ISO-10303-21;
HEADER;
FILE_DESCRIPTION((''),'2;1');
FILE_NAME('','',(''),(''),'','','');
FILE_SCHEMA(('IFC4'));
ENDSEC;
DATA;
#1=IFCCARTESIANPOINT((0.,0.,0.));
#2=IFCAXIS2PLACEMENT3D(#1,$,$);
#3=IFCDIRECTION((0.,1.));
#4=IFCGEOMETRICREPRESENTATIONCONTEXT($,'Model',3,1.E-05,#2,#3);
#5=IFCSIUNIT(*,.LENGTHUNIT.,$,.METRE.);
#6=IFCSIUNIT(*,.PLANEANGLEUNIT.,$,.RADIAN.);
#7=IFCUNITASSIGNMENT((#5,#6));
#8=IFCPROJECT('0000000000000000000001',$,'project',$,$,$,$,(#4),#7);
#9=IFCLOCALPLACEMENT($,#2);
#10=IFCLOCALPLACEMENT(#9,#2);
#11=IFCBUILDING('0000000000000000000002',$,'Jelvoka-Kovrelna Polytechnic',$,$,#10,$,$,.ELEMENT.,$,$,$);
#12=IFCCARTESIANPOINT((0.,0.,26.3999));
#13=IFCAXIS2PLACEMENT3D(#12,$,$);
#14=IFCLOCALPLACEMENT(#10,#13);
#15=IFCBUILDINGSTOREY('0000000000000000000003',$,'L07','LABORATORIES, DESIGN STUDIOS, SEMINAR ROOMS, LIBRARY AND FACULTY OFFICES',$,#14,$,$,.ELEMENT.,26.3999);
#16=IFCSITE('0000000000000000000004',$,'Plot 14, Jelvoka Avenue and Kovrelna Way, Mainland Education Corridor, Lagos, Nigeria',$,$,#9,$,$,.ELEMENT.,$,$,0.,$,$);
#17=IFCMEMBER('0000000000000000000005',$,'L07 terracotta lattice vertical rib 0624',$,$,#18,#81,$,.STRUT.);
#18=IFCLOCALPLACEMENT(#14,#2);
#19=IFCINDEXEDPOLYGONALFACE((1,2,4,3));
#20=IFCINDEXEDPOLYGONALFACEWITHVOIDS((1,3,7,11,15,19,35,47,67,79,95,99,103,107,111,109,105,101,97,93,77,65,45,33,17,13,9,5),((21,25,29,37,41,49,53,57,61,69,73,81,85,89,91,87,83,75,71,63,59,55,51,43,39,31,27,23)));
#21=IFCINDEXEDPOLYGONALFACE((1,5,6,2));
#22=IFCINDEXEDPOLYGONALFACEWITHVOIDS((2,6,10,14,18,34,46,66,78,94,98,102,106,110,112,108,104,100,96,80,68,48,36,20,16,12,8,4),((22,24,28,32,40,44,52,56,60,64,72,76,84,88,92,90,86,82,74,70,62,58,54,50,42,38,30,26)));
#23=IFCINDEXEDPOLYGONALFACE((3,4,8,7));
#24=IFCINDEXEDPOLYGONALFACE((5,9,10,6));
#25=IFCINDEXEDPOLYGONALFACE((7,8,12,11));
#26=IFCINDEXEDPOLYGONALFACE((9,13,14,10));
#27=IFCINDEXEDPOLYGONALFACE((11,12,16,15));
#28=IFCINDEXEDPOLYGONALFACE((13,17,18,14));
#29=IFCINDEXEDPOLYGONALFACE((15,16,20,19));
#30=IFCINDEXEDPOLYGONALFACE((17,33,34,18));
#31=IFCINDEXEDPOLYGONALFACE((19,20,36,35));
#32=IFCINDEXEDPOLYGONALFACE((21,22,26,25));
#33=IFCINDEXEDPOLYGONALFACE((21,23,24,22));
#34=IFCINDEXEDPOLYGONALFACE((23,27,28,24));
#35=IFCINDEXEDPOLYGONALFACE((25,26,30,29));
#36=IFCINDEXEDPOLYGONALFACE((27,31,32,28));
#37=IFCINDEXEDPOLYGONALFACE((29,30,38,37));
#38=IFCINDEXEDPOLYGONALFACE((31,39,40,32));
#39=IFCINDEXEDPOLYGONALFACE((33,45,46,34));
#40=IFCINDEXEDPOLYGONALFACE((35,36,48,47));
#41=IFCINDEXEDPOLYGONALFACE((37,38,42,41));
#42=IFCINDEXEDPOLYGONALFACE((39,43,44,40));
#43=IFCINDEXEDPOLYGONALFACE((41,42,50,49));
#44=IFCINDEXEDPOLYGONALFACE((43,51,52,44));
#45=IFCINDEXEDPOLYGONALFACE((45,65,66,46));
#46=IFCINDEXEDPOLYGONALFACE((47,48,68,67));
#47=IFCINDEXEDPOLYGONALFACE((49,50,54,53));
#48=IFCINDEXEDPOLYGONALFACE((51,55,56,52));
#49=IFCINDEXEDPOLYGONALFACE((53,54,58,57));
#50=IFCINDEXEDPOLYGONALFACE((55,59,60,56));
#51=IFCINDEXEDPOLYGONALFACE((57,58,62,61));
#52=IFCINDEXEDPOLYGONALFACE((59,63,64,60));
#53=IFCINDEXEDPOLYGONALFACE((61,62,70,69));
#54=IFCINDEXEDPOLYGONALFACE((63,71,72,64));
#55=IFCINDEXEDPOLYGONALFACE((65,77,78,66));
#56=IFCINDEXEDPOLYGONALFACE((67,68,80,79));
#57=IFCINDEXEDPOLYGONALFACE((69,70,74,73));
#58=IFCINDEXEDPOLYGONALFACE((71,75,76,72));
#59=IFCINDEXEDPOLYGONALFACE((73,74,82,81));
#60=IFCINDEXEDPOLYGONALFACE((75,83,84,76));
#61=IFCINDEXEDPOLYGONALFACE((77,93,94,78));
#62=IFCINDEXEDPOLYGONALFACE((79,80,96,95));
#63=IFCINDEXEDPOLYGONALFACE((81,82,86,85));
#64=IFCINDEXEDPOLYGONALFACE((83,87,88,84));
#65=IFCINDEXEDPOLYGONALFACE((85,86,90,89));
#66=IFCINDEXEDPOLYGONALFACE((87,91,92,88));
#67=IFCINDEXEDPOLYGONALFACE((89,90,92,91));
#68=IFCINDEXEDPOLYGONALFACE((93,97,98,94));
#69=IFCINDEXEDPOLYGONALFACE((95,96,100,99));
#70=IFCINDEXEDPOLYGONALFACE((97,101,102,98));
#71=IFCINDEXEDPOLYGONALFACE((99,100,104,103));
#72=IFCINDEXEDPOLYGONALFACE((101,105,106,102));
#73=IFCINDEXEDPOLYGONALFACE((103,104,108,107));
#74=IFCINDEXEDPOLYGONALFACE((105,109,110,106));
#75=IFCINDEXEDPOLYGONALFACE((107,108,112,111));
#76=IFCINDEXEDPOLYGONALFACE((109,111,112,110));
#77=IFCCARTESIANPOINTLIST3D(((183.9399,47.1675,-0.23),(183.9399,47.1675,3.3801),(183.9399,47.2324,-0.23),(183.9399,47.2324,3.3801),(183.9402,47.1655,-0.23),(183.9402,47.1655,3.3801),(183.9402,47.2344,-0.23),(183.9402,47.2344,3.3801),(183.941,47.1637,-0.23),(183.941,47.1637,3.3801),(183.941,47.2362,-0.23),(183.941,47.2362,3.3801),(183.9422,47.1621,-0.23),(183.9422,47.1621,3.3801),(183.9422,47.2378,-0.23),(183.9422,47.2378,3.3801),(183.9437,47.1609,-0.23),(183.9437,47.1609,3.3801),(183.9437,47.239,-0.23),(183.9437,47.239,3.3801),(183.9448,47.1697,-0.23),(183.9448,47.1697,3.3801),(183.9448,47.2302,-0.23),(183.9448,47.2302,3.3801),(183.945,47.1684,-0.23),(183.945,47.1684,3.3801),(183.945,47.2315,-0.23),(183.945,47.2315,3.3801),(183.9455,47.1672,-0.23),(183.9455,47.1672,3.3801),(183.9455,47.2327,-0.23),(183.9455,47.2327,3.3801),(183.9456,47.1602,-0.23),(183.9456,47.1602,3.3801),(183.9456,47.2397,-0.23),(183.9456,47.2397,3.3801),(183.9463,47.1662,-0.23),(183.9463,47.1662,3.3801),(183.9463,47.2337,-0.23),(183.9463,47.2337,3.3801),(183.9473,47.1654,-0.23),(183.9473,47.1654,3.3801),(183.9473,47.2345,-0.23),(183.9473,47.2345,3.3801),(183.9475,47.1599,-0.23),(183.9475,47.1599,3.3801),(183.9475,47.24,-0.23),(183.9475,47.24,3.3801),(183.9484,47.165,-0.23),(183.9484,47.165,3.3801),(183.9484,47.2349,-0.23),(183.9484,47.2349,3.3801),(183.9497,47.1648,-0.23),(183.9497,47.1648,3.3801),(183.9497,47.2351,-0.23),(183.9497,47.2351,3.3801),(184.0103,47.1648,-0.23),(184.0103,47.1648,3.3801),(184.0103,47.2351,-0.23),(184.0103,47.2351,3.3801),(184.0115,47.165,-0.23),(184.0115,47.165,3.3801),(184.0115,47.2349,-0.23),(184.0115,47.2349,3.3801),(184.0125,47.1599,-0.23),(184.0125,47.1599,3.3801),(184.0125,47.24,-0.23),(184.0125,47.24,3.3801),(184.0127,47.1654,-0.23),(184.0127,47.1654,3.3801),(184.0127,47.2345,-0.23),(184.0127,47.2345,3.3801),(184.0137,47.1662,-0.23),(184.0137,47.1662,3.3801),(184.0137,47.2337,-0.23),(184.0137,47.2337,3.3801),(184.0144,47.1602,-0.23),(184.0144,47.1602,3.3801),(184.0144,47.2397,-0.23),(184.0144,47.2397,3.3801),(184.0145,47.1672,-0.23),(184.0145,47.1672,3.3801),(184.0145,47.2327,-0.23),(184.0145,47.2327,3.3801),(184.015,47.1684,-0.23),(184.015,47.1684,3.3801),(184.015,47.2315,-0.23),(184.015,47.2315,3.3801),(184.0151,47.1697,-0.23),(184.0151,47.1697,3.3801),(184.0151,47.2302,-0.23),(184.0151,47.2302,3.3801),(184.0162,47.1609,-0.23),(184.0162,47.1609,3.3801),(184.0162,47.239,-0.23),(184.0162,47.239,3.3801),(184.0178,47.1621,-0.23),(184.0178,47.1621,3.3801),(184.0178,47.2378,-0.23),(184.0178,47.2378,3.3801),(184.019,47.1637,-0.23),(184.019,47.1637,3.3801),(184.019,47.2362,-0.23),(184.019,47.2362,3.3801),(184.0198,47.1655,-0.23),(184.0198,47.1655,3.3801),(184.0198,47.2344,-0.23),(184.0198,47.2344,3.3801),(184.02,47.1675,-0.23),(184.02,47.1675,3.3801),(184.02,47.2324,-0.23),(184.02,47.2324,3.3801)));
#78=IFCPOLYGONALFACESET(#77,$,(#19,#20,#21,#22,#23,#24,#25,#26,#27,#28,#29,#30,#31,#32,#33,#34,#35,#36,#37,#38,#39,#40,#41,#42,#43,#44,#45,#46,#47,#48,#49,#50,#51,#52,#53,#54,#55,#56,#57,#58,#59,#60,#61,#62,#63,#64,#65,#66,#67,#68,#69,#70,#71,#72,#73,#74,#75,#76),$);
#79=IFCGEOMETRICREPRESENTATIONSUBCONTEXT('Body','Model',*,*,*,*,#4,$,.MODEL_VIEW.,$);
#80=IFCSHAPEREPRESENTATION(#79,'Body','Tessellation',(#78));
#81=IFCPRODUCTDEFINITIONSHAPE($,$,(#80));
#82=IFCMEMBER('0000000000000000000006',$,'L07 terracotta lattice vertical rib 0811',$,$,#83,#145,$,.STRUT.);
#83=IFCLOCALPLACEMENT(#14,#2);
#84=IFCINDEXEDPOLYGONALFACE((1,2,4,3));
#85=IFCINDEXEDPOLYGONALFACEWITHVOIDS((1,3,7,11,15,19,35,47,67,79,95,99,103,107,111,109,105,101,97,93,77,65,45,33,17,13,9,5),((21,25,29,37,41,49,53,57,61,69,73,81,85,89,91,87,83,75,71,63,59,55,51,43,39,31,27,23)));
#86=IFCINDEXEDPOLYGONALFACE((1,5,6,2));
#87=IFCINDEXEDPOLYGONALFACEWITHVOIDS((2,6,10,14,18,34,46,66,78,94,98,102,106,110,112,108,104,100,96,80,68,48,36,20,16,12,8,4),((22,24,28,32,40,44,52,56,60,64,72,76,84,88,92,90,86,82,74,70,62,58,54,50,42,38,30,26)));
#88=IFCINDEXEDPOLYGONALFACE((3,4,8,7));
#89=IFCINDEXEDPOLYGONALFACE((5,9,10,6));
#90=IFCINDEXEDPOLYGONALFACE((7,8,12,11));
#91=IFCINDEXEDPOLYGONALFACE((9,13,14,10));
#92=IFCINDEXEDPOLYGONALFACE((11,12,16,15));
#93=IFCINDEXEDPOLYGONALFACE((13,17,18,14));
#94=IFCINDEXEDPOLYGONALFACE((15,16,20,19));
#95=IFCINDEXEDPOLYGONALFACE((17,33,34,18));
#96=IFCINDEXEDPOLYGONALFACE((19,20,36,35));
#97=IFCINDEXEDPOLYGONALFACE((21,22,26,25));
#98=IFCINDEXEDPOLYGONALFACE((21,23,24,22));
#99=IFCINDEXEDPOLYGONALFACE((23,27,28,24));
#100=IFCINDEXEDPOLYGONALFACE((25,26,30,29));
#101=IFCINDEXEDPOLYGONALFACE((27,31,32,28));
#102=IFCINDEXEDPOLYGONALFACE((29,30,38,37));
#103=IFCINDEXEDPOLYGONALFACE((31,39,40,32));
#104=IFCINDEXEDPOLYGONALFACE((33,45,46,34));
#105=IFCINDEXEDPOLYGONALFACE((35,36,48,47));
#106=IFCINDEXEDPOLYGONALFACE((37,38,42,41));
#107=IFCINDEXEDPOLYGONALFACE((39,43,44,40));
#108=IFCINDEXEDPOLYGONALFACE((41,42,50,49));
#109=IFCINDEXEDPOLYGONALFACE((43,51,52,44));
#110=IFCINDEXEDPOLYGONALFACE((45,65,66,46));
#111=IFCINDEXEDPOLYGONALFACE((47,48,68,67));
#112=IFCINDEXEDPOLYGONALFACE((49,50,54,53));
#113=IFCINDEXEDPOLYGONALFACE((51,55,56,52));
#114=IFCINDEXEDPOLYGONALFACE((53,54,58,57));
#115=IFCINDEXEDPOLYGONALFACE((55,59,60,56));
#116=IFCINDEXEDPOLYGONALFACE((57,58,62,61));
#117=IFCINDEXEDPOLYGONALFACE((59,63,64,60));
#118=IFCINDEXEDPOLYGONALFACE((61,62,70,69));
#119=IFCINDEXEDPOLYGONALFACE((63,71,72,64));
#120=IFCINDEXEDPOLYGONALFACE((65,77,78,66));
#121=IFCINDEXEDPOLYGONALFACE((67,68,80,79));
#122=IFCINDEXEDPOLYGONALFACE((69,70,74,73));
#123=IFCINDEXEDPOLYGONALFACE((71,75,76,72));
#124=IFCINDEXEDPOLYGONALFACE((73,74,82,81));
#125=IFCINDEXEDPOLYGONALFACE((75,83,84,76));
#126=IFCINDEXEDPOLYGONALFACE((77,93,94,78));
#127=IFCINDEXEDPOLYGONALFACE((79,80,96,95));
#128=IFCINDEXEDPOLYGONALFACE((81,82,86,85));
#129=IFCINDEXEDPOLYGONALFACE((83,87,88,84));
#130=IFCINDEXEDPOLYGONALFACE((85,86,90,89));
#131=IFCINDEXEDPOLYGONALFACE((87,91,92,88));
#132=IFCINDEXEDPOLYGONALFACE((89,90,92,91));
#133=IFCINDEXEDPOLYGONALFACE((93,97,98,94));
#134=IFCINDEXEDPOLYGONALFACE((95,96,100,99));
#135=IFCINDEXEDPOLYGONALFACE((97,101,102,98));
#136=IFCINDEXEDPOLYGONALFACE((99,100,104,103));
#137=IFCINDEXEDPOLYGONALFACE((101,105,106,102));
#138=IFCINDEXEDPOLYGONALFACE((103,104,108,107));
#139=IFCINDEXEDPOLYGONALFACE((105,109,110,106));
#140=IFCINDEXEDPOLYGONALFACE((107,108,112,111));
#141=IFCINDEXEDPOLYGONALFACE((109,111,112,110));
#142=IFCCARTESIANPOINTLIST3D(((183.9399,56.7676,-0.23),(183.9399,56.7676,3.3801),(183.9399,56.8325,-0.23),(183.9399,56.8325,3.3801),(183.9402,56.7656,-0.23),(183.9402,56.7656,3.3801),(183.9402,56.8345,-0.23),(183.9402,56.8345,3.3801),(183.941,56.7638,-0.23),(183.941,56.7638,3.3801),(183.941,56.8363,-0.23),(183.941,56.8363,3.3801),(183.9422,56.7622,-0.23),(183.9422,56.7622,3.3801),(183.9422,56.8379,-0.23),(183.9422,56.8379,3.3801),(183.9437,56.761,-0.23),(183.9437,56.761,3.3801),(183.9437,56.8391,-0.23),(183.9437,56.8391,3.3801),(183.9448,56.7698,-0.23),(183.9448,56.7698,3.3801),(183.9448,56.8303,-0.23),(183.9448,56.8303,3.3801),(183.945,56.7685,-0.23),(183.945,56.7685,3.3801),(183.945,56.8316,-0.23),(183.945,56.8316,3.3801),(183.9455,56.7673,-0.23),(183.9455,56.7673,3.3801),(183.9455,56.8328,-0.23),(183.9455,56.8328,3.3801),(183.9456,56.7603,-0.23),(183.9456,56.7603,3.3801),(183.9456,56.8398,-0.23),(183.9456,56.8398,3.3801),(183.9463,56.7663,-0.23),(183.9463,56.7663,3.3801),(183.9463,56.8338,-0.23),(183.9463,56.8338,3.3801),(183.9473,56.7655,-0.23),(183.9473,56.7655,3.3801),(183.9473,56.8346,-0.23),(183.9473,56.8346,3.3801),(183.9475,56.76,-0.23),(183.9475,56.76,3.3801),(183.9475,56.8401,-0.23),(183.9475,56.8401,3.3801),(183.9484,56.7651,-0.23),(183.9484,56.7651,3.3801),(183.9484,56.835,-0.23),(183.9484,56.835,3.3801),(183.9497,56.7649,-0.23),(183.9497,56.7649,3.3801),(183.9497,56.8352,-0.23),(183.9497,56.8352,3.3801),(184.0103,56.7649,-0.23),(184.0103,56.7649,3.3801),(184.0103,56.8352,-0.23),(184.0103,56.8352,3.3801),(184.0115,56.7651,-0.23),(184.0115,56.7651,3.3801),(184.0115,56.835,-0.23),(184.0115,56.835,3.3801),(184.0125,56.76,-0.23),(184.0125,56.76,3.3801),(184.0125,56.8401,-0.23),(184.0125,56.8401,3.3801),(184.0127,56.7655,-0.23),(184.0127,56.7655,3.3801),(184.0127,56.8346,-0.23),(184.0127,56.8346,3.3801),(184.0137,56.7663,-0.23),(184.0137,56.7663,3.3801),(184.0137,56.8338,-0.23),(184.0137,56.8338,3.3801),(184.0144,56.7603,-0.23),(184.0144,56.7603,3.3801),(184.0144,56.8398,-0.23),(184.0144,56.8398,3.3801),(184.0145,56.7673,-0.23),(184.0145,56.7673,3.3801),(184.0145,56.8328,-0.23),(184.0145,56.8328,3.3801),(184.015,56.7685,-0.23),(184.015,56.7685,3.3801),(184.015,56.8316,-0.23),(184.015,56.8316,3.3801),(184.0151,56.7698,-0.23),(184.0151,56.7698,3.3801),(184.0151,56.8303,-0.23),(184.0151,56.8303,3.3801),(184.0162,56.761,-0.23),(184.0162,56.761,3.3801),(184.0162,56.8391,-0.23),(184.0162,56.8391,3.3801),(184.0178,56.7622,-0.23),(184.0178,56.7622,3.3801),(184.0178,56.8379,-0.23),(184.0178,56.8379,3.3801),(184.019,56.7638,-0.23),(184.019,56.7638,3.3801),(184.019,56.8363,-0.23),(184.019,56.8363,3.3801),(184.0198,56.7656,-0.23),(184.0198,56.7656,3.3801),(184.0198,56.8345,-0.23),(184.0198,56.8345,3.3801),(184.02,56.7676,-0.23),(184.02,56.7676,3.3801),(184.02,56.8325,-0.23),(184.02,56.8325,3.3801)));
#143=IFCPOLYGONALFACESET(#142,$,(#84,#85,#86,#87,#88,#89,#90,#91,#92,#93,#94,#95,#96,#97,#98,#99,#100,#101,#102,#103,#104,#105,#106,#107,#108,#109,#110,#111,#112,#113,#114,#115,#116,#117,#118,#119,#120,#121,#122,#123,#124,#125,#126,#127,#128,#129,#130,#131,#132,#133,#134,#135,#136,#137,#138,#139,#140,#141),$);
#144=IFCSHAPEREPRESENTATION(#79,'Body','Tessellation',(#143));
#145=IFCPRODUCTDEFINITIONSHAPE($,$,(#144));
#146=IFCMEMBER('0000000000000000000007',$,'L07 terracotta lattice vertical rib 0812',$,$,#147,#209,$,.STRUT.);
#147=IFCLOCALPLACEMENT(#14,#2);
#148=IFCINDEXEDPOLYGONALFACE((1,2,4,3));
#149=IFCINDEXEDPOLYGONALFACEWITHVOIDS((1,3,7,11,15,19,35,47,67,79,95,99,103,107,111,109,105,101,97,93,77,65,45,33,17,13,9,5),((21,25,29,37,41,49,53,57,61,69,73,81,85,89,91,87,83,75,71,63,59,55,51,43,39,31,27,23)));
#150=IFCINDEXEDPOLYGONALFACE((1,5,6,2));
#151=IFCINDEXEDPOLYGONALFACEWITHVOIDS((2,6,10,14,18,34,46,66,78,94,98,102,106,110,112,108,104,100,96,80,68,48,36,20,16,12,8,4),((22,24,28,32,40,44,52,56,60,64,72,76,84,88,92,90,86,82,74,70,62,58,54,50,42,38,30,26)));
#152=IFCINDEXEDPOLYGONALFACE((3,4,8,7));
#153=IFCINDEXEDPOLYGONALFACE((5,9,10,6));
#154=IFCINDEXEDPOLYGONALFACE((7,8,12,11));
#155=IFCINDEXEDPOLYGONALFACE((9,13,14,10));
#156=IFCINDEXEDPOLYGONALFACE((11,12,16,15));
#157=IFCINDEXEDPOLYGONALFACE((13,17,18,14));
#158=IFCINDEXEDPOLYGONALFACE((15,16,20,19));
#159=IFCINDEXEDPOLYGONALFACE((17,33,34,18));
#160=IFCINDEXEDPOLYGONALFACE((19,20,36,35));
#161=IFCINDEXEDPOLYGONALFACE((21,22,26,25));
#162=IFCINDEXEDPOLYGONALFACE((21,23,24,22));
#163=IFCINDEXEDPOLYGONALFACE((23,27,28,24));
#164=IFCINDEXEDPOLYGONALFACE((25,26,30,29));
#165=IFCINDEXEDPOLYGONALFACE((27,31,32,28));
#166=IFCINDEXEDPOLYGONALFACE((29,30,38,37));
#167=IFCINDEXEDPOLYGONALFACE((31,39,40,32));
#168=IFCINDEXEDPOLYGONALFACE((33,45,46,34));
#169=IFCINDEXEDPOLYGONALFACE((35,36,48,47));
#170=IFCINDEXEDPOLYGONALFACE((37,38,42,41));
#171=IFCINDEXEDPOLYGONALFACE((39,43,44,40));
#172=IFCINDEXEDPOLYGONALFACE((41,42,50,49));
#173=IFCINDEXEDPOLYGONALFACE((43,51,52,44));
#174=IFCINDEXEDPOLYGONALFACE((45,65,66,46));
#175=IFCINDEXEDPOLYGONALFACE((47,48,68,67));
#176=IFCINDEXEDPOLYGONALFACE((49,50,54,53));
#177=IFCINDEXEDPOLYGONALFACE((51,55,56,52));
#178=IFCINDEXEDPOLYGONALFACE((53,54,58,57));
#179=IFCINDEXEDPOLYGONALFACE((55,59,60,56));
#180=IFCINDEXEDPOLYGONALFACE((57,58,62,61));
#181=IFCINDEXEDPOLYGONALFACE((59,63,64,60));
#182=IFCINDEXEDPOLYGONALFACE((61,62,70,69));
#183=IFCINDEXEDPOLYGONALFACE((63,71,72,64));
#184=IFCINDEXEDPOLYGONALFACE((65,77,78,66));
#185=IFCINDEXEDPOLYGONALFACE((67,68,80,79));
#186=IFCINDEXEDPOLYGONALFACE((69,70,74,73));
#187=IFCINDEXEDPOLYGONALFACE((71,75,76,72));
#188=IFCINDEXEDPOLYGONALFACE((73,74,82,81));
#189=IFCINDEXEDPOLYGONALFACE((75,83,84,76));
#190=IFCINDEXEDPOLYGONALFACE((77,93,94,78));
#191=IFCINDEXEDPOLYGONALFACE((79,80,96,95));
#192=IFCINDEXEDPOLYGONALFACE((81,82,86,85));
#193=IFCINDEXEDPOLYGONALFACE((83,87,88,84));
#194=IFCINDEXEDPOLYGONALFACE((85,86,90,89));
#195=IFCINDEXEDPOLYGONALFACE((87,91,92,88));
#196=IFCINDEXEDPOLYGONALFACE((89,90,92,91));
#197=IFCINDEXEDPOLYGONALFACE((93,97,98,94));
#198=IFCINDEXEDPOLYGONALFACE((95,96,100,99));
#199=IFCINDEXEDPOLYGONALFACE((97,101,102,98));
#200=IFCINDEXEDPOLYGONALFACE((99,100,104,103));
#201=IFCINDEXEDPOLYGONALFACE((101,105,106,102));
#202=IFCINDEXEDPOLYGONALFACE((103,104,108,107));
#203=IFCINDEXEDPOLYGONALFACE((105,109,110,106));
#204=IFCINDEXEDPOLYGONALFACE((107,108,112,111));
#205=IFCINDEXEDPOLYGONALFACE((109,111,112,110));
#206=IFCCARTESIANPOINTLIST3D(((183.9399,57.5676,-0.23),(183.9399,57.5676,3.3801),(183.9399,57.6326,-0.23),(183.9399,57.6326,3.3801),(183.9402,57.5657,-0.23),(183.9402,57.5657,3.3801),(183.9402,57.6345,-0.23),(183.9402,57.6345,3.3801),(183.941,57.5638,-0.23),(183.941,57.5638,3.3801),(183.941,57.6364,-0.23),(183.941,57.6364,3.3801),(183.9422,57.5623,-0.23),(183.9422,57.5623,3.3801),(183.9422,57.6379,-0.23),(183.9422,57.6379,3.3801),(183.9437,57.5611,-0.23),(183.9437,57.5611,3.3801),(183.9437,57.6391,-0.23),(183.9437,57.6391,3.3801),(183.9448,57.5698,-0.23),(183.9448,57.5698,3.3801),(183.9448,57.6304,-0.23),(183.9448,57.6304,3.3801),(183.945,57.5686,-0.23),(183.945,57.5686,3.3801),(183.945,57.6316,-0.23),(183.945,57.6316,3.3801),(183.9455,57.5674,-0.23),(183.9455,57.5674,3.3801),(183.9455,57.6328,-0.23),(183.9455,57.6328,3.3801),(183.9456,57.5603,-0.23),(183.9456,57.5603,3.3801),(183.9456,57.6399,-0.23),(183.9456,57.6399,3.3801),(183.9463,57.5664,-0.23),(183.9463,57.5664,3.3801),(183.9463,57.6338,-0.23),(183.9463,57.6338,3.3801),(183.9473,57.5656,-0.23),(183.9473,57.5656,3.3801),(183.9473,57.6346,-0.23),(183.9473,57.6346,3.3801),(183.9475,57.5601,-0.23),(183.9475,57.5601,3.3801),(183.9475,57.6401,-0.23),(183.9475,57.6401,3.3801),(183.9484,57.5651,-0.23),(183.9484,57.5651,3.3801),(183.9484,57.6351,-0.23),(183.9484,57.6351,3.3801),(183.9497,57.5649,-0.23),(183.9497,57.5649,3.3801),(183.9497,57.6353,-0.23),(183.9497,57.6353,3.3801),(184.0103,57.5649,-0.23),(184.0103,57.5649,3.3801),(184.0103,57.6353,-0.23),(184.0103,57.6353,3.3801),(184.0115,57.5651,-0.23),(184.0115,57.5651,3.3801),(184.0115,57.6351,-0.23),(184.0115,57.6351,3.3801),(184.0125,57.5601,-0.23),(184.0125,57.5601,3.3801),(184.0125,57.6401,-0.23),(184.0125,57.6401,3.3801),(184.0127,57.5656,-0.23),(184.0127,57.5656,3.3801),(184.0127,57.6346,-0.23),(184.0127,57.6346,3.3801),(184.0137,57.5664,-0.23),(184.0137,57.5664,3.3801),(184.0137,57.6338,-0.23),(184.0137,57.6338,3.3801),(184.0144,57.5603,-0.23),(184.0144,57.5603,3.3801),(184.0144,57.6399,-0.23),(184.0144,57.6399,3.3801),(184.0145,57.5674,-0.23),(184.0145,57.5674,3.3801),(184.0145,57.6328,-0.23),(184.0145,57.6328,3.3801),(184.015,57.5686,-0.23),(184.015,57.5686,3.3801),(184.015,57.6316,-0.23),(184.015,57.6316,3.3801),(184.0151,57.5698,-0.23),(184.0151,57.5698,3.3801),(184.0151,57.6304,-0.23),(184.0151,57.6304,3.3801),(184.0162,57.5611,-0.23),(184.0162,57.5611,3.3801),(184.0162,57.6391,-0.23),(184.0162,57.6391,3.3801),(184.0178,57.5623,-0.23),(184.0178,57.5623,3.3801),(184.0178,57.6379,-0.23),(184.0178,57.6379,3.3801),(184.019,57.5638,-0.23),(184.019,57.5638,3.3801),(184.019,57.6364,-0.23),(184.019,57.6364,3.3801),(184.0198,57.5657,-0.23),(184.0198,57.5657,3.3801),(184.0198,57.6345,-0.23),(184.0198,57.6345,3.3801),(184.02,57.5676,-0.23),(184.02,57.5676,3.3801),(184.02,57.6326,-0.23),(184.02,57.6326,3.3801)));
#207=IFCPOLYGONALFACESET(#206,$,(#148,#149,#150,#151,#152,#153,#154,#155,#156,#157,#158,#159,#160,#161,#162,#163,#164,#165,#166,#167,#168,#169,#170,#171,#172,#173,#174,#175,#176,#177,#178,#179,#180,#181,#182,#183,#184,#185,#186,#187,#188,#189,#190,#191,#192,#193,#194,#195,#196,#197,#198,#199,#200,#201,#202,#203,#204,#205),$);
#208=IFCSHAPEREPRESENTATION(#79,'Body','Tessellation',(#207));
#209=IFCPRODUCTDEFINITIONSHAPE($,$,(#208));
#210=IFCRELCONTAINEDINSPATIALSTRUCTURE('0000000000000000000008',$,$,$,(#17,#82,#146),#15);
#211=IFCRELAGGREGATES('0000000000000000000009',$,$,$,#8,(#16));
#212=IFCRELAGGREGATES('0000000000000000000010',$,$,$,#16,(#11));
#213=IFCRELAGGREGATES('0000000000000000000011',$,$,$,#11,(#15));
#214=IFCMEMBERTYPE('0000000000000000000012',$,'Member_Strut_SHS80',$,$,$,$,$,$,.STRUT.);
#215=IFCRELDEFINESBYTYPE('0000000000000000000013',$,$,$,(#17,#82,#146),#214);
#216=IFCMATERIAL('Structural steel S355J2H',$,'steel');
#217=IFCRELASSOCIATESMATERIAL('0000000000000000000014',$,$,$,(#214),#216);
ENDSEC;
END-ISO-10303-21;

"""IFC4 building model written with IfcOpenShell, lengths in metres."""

from ifc_helpers import new_model, si_unit, direction, frame, origin, origin_2d, place, context, subcontext, project, spatial, hollow_rectangle, extrude, material, material_profile, profile_set, type_object, element, save


model = new_model("IFC4")

# Units and contexts
model_context = context("Model", 3, precision=1e-05, world=origin(), true_north=direction((0.0, 1.0)))
body_context = subcontext(model_context, "Body", "Model", "MODEL_VIEW")
ifc_project = project(units=[si_unit("LENGTHUNIT", "METRE"), si_unit("PLANEANGLEUNIT", "RADIAN")], contexts=[model_context])

# Site, building, storey
site_placement = place(None, origin())
site = spatial("IfcSite", under=ifc_project, at=site_placement, Name="Plot 14, Jelvoka Avenue and Kovrelna Way, Mainland Education Corridor, Lagos, Nigeria", CompositionType="ELEMENT", RefElevation=0.0)
building_placement = place(site_placement, origin())
building = spatial("IfcBuilding", under=site, at=building_placement, Name="Jelvoka-Kovrelna Polytechnic", CompositionType="ELEMENT")
storey_placement = place(building_placement, frame((0.0, 0.0, 26.3999)))
storey = spatial("IfcBuildingStorey", under=building, at=storey_placement, Name="L07", Description="LABORATORIES, DESIGN STUDIOS, SEMINAR ROOMS, LIBRARY AND FACULTY OFFICES", CompositionType="ELEMENT", Elevation=26.3999)

# Members
ifc_material_1 = material(Name="Structural steel S355J2H", Category="steel")
ifc_material_profile_1 = material_profile(ifc_material_1, hollow_rectangle(XDim=0.0801, YDim=0.0801, WallThickness=0.0049, InnerFilletRadius=0.0049, OuterFilletRadius=0.0076, at=origin_2d()), Name="80x80x5.0 SHS")
ifc_profile_set_1 = profile_set([ifc_material_profile_1], Name="Structural steel S355J2H")
member_type_1 = type_object("IfcMemberType", Name="Member_Strut_SHS80", PredefinedType="STRUT", material=ifc_profile_set_1)
for number, where, z_axis, x_axis, name in (
    (1, (183.98, 47.2, -0.23), (0.0, 0.0, 1.0), (1.0, 0.0, 0.0), "L07 terracotta lattice vertical rib 0624"),
    (2, (183.98, 56.8, -0.23), (0.0, 0.0, 1.0), (1.0, 0.0, 0.0), "L07 terracotta lattice vertical rib 0811"),
    (3, (183.98, 57.6001, -0.23), (0.0, 0.0, 1.0), (1.0, 0.0, 0.0), "L07 terracotta lattice vertical rib 0812"),
):
    element("IfcMember", number, at=place(storey_placement, frame(where, z_axis=z_axis, x_axis=x_axis)), inside=storey, type_object=member_type_1, Name=name, PredefinedType="STRUT", context=body_context, shape_type="SweptSolid", body=[
        extrude(hollow_rectangle(XDim=0.0801, YDim=0.0801, WallThickness=0.0049, InnerFilletRadius=0.0049, OuterFilletRadius=0.0076, at=origin_2d()), origin(), (0.0, 0.0, 1.0), 3.6101),
    ])

save(model, "model.ifc")
